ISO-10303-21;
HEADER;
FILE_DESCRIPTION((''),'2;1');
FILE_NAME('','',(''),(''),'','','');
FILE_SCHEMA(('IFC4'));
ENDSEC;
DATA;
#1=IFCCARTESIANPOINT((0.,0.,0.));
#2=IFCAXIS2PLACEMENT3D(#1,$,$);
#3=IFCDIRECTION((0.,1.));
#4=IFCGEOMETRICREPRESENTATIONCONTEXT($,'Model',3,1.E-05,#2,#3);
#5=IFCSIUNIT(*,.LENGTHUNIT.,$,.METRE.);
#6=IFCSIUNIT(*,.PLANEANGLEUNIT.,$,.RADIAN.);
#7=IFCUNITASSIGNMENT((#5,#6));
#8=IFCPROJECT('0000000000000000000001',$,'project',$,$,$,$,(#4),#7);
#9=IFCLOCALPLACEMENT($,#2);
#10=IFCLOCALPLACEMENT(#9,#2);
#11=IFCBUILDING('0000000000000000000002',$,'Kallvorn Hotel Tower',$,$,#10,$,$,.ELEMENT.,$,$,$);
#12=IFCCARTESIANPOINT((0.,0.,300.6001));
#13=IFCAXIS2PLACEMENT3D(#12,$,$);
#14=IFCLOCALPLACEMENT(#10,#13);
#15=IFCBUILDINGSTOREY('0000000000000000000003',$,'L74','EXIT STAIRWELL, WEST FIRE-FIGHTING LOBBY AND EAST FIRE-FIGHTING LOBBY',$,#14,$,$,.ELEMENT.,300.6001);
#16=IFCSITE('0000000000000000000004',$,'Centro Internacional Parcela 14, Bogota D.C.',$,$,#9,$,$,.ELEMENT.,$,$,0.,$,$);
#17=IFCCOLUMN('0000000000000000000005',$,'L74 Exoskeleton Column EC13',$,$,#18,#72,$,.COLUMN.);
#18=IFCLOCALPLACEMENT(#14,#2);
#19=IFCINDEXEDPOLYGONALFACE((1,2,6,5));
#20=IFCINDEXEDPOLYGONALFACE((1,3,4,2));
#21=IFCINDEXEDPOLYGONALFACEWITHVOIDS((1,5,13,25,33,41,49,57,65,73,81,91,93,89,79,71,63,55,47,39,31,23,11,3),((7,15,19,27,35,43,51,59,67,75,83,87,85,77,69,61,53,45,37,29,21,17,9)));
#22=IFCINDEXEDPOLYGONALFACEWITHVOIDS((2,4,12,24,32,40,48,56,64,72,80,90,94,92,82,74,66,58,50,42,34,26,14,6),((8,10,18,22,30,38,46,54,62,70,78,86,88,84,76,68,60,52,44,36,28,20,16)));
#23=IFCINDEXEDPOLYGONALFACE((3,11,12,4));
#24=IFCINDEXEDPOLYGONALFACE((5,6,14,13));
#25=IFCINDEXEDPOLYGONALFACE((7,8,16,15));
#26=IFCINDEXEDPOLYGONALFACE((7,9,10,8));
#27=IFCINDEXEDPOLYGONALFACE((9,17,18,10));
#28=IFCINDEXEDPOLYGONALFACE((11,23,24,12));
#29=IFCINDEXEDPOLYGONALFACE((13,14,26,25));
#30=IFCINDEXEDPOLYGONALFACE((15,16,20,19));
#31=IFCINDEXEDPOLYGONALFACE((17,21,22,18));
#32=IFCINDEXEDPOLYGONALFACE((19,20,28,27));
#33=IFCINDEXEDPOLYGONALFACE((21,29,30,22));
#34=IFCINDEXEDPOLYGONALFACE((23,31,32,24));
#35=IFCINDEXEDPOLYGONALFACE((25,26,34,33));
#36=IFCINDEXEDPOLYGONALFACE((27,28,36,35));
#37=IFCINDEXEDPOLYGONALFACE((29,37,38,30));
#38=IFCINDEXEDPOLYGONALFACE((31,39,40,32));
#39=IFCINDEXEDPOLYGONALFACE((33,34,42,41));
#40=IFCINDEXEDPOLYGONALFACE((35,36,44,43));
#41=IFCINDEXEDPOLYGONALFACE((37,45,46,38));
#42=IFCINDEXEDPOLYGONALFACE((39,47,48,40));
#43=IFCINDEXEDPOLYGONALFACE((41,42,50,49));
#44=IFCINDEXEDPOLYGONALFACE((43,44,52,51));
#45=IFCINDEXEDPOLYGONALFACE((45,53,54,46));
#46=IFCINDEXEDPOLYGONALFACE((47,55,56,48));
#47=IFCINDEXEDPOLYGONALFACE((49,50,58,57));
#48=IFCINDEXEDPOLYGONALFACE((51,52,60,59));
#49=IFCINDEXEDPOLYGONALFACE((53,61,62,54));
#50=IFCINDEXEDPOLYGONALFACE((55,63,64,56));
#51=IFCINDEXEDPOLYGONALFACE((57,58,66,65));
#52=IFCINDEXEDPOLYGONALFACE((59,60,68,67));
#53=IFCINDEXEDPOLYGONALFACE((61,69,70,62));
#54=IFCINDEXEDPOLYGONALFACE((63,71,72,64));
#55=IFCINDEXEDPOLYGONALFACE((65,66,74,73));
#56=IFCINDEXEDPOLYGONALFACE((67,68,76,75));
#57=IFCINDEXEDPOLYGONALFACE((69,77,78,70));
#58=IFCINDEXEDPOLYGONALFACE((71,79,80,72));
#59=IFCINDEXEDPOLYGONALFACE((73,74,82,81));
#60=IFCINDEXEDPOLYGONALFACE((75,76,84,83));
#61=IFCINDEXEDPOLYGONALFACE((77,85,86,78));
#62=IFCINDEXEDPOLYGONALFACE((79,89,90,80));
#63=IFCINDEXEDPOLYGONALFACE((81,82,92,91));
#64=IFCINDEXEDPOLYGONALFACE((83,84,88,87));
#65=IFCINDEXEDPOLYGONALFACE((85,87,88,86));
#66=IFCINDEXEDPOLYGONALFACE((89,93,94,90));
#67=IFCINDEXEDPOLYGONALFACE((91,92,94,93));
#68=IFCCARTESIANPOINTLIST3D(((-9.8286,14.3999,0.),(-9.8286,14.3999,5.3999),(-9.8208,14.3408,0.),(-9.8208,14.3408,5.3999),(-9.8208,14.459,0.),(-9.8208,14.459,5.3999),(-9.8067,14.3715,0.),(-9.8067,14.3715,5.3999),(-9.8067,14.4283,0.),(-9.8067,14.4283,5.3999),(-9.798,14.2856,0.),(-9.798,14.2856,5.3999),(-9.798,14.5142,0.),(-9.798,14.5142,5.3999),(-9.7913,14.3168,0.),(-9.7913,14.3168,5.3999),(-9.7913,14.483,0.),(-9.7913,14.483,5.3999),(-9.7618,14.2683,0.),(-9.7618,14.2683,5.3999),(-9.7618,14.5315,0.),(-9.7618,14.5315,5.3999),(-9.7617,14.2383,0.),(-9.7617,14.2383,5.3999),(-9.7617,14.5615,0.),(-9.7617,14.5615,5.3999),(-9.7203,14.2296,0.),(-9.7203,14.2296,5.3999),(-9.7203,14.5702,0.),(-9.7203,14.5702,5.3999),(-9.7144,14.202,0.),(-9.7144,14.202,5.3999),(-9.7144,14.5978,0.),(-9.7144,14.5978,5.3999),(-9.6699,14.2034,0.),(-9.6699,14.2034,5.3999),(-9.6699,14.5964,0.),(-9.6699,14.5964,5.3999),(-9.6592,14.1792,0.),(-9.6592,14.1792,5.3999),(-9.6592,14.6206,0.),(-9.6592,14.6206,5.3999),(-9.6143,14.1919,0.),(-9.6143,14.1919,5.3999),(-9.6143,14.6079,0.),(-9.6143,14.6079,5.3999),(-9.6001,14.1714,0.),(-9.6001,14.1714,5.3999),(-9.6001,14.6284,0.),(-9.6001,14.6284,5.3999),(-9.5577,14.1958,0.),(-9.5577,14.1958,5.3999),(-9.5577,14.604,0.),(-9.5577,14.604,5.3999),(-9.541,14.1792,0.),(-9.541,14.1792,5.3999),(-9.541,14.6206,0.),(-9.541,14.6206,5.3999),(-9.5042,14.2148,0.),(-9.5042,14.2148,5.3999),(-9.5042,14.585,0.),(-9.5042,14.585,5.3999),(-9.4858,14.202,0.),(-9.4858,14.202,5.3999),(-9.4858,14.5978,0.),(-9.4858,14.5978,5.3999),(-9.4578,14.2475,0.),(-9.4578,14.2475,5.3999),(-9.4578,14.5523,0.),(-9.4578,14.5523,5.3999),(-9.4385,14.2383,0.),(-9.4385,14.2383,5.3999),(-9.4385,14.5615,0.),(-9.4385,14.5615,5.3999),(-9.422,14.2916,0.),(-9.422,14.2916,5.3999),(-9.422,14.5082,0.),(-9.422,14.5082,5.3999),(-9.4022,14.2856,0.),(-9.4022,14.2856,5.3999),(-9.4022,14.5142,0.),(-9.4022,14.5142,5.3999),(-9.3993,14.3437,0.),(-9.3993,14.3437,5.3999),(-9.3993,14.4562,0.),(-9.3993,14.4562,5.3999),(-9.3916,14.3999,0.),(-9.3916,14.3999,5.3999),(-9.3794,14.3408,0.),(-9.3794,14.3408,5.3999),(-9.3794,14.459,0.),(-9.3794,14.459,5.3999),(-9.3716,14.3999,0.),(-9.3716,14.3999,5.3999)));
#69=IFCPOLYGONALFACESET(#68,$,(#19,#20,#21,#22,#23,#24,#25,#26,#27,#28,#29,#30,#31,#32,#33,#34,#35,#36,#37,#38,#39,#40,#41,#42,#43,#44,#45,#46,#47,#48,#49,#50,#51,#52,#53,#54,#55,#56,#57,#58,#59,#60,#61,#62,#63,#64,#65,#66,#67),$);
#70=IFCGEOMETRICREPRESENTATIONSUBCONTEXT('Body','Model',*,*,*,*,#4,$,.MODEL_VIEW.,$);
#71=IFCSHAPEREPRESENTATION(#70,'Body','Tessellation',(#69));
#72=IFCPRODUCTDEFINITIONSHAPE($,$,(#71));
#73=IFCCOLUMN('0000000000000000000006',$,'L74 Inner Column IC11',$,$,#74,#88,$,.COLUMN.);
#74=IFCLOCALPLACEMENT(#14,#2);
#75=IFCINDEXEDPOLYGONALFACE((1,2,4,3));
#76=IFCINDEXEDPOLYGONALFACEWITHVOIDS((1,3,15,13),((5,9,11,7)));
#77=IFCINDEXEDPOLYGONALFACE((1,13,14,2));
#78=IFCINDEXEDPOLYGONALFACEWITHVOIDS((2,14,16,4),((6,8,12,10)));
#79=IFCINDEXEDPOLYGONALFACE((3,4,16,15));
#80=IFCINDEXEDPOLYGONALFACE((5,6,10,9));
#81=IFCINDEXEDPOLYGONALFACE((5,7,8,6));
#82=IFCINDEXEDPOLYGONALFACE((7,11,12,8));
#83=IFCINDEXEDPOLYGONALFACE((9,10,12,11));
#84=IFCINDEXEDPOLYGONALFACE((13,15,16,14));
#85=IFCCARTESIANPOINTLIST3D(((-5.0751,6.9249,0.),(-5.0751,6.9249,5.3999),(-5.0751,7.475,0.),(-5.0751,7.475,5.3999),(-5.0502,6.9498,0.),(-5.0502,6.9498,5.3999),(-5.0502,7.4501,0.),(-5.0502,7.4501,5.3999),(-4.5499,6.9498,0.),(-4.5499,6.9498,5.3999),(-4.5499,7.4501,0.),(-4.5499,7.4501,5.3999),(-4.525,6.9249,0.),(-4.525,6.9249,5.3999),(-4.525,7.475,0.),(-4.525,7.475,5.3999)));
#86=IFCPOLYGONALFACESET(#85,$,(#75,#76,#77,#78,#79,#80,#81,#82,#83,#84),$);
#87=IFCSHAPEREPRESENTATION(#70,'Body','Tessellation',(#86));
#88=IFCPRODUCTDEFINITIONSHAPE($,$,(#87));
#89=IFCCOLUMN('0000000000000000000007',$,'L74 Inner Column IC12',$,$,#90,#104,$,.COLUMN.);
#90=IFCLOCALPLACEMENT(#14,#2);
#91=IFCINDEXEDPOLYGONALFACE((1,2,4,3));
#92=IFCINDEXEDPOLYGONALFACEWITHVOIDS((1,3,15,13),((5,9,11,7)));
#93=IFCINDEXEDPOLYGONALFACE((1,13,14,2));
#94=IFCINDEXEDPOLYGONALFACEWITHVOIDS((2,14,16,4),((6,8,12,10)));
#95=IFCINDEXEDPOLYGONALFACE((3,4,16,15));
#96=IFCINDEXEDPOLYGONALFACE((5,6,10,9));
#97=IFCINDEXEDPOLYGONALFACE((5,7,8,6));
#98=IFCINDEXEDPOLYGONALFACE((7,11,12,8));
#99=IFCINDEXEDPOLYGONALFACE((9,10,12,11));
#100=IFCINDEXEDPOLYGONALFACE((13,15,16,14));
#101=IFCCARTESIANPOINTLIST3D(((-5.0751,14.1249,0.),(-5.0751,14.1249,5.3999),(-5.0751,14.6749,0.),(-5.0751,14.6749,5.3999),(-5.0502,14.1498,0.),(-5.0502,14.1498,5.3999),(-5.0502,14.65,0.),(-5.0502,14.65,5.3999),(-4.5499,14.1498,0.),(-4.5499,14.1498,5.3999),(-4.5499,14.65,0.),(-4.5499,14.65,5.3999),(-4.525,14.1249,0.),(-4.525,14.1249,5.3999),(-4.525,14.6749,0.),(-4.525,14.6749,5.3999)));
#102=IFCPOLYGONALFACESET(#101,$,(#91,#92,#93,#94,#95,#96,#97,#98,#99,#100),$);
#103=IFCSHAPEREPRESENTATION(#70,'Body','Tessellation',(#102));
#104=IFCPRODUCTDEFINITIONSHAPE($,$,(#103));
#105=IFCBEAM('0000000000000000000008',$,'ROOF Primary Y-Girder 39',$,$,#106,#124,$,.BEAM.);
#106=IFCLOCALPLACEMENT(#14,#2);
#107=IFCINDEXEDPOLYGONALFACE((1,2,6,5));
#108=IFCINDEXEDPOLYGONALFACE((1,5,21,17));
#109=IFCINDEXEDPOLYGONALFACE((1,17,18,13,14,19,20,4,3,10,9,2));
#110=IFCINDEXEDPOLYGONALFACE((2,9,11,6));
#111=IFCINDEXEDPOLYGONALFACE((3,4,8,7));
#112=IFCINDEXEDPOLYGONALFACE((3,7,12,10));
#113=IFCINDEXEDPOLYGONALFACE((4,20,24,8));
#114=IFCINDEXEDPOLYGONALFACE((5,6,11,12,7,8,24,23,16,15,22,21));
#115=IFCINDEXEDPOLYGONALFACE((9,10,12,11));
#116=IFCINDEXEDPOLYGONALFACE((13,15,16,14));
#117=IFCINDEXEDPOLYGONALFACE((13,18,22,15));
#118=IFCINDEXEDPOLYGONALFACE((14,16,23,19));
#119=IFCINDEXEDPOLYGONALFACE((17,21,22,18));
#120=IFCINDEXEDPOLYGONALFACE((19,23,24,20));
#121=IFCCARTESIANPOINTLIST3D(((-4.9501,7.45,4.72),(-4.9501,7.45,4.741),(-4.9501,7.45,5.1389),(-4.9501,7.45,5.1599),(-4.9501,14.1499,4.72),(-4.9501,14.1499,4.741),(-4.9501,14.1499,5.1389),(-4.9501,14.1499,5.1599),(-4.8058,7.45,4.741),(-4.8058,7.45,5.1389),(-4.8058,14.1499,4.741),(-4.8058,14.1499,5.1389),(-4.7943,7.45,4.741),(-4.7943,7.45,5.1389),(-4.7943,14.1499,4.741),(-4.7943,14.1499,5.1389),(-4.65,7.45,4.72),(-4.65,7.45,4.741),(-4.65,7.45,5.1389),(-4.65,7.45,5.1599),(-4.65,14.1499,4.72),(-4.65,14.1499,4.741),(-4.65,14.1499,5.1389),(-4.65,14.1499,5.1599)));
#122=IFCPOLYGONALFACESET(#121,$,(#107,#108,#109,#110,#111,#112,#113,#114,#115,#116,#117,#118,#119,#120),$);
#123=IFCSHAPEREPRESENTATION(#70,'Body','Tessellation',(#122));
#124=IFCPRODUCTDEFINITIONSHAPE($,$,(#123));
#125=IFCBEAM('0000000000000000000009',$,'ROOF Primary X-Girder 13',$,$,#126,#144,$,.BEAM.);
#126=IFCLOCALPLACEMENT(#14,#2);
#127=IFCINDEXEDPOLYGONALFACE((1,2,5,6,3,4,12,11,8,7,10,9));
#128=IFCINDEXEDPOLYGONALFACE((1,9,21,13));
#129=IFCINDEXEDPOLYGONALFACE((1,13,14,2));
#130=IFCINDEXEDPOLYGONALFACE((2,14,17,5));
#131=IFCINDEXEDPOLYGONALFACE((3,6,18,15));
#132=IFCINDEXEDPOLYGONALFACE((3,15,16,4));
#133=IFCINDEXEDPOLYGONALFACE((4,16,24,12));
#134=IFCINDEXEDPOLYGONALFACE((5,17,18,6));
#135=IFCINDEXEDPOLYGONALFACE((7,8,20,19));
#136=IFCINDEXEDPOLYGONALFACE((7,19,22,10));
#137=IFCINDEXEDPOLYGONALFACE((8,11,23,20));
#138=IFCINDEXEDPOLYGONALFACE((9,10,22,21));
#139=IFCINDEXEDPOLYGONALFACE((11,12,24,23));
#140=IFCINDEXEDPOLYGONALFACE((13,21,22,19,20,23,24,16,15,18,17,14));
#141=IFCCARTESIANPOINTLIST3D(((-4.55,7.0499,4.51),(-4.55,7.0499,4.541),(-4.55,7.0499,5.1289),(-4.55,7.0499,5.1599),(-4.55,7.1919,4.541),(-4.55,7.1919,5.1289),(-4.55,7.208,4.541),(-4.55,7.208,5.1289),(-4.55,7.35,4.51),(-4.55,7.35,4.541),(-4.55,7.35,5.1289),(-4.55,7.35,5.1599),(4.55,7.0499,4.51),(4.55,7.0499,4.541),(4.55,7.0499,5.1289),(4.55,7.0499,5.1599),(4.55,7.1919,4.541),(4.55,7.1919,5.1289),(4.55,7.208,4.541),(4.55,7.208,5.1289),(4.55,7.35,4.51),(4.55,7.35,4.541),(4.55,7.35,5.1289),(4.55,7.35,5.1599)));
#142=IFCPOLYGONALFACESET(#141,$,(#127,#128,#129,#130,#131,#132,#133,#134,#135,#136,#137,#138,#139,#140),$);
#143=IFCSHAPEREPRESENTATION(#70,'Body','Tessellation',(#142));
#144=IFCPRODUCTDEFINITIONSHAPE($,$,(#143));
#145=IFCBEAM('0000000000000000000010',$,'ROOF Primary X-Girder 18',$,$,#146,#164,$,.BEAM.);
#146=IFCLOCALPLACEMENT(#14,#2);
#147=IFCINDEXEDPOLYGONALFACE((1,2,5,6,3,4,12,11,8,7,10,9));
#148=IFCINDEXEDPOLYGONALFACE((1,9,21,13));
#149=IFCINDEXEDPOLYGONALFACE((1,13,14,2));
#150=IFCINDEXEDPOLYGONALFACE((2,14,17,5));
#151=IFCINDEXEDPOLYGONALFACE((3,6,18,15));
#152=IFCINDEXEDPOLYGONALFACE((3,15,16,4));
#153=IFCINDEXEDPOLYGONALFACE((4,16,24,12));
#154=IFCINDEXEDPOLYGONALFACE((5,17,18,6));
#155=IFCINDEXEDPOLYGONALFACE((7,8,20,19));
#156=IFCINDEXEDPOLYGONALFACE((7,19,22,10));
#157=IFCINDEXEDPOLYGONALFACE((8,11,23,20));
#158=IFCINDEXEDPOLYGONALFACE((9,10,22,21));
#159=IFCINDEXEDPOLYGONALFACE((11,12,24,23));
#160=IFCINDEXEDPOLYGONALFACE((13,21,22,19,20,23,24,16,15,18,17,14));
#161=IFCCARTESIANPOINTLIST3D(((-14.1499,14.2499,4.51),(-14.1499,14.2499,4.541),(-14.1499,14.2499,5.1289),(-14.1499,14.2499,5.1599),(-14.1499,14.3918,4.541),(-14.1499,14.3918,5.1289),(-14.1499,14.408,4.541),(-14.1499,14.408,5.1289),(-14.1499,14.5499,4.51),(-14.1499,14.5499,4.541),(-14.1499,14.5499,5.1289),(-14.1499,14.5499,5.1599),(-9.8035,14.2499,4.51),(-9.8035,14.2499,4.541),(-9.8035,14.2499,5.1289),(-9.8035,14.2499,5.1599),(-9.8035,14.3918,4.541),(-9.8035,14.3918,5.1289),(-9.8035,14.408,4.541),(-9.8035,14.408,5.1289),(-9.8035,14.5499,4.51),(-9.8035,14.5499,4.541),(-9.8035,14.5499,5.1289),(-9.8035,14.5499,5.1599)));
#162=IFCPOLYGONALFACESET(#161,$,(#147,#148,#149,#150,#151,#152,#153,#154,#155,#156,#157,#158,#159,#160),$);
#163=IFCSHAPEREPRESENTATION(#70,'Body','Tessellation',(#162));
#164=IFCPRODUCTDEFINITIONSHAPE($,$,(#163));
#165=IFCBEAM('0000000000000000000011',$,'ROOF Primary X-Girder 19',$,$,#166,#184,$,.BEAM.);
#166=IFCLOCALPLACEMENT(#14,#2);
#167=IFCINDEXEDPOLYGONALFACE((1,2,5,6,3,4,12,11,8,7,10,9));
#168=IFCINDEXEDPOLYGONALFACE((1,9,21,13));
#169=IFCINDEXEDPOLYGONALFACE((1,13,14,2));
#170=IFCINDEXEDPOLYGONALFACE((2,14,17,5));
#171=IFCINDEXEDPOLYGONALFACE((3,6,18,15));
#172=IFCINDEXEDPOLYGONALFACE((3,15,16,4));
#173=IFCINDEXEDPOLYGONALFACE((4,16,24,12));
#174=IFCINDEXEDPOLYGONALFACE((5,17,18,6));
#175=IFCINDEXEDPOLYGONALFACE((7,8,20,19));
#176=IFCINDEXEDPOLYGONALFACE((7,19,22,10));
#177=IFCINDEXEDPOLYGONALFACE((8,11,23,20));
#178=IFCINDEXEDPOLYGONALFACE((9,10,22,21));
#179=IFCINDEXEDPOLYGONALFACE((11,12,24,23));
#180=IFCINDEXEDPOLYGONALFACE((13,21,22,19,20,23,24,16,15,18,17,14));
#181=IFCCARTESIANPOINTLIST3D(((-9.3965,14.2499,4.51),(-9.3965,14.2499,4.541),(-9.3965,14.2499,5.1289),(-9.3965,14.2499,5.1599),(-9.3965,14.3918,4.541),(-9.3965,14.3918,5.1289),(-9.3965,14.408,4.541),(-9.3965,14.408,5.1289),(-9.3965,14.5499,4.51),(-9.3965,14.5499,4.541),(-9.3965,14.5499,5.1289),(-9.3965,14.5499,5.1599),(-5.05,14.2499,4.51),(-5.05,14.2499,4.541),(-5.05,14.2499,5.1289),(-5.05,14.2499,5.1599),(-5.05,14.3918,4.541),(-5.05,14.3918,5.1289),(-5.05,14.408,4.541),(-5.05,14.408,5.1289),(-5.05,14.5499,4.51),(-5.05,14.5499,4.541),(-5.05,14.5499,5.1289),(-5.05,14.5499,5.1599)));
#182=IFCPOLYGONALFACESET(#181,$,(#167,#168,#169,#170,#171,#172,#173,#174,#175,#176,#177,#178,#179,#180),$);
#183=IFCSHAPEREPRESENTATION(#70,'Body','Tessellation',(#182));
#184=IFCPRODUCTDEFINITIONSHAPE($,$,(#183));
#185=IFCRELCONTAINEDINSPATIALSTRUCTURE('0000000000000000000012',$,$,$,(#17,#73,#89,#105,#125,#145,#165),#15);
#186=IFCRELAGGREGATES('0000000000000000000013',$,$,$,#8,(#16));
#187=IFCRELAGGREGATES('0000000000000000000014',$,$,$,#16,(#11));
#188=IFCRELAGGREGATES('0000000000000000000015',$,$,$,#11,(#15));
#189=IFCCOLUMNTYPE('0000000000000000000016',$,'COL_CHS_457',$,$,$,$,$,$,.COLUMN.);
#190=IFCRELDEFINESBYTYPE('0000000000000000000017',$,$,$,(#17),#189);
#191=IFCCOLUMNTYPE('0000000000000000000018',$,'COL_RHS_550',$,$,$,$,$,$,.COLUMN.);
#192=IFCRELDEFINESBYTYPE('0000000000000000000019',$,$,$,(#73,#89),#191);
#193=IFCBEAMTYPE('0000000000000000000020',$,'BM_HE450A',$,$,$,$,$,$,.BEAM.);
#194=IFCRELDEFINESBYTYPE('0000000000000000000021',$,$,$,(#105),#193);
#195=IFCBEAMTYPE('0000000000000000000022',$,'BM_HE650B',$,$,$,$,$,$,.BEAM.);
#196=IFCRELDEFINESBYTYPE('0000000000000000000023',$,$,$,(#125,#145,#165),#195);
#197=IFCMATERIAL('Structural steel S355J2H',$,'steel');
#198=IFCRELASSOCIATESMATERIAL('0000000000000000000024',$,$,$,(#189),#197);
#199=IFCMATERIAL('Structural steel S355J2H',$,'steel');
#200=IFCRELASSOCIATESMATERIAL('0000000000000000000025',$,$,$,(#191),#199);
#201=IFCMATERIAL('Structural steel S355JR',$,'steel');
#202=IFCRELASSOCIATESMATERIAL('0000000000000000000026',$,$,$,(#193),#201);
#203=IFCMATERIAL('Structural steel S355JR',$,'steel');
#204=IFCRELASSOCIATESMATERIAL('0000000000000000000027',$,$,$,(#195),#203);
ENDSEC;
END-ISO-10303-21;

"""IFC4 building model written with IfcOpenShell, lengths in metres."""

from ifc_helpers import new_model, si_unit, direction, frame, origin, origin_2d, place, context, subcontext, project, spatial, hollow_rectangle, hollow_circle, i_section, extrude, material, material_profile, profile_set, type_object, element, save


model = new_model("IFC4")

# Units and contexts
model_context = context("Model", 3, precision=1e-05, world=origin(), true_north=direction((0.0, 1.0)))
body_context = subcontext(model_context, "Body", "Model", "MODEL_VIEW")
ifc_project = project(units=[si_unit("LENGTHUNIT", "METRE"), si_unit("PLANEANGLEUNIT", "RADIAN")], contexts=[model_context])

# Site, building, storey
site_placement = place(None, origin())
site = spatial("IfcSite", under=ifc_project, at=site_placement, Name="Centro Internacional Parcela 14, Bogota D.C.", CompositionType="ELEMENT", RefElevation=0.0)
building_placement = place(site_placement, origin())
building = spatial("IfcBuilding", under=site, at=building_placement, Name="Kallvorn Hotel Tower", CompositionType="ELEMENT")
storey_placement = place(building_placement, frame((0.0, 0.0, 300.6001)))
storey = spatial("IfcBuildingStorey", under=building, at=storey_placement, Name="L74", Description="EXIT STAIRWELL, WEST FIRE-FIGHTING LOBBY AND EAST FIRE-FIGHTING LOBBY", CompositionType="ELEMENT", Elevation=300.6001)

# Columns
ifc_material_1 = material(Name="Structural steel S355J2H", Category="steel")
ifc_material_profile_1 = material_profile(ifc_material_1, hollow_circle(Radius=0.2285, WallThickness=0.02, at=origin_2d()), Name="CHS 457x20")
ifc_profile_set_1 = profile_set([ifc_material_profile_1], Name="Structural steel S355J2H")
column_type_1 = type_object("IfcColumnType", Name="COL_CHS_457", PredefinedType="COLUMN", material=ifc_profile_set_1)
column_placement = place(storey_placement, frame((-9.6001, 14.3999, 0.0), z_axis=(0.0, 0.0, 1.0), x_axis=(1.0, 0.0, 0.0)))
element("IfcColumn", 1, at=column_placement, inside=storey, type_object=column_type_1, Name="L74 Exoskeleton Column EC13", PredefinedType="COLUMN", context=body_context, shape_type="SweptSolid", body=[
    extrude(hollow_circle(Radius=0.2285, WallThickness=0.02, at=origin_2d()), origin(), (0.0, 0.0, 1.0), 5.3999),
])
ifc_material_2 = material(Name="Structural steel S355J2H", Category="steel")
ifc_material_profile_2 = material_profile(ifc_material_2, hollow_rectangle(XDim=0.55, YDim=0.55, WallThickness=0.0249, at=origin_2d()), Name="RHS 550x550x25")
ifc_profile_set_2 = profile_set([ifc_material_profile_2], Name="Structural steel S355J2H")
column_type_2 = type_object("IfcColumnType", Name="COL_RHS_550", PredefinedType="COLUMN", material=ifc_profile_set_2)
for number, where, z_axis, x_axis, name in (
    (2, (-4.8, 7.2, 0.0), (0.0, 0.0, 1.0), (1.0, 0.0, 0.0), "L74 Inner Column IC11"),
    (3, (-4.8, 14.3999, 0.0), (0.0, 0.0, 1.0), (1.0, 0.0, 0.0), "L74 Inner Column IC12"),
):
    element("IfcColumn", number, at=place(storey_placement, frame(where, z_axis=z_axis, x_axis=x_axis)), inside=storey, type_object=column_type_2, Name=name, PredefinedType="COLUMN", context=body_context, shape_type="SweptSolid", body=[
        extrude(hollow_rectangle(XDim=0.55, YDim=0.55, WallThickness=0.0249, at=origin_2d()), origin(), (0.0, 0.0, 1.0), 5.3999),
    ])

# Beams
ifc_material_3 = material(Name="Structural steel S355JR", Category="steel")
ifc_material_profile_3 = material_profile(ifc_material_3, i_section(OverallWidth=0.3, OverallDepth=0.4399, WebThickness=0.0115, FlangeThickness=0.021, at=origin_2d()), Name="HE 450 A")
ifc_profile_set_3 = profile_set([ifc_material_profile_3], Name="Structural steel S355JR")
beam_type_1 = type_object("IfcBeamType", Name="BM_HE450A", PredefinedType="BEAM", material=ifc_profile_set_3)
beam_1_placement = place(storey_placement, frame((-4.8, 7.45, 4.9399), z_axis=(0.0, 1.0, 0.0), x_axis=(-1.0, 0.0, 0.0)))
element("IfcBeam", 4, at=beam_1_placement, inside=storey, type_object=beam_type_1, Name="ROOF Primary Y-Girder 39", PredefinedType="BEAM", context=body_context, shape_type="SweptSolid", body=[
    extrude(i_section(OverallWidth=0.3, OverallDepth=0.4399, WebThickness=0.0115, FlangeThickness=0.021, at=origin_2d()), origin(), (0.0, 0.0, 1.0), 6.7),
])
ifc_material_4 = material(Name="Structural steel S355JR", Category="steel")
ifc_material_profile_4 = material_profile(ifc_material_4, i_section(OverallWidth=0.3, OverallDepth=0.6499, WebThickness=0.0161, FlangeThickness=0.031, at=origin_2d()), Name="HE 650 B")
ifc_profile_set_4 = profile_set([ifc_material_profile_4], Name="Structural steel S355JR")
beam_type_2 = type_object("IfcBeamType", Name="BM_HE650B", PredefinedType="BEAM", material=ifc_profile_set_4)
beam_2_placement = place(storey_placement, frame((-4.55, 7.2, 4.835), z_axis=(1.0, 0.0, 0.0), x_axis=(0.0, 1.0, 0.0)))
element("IfcBeam", 5, at=beam_2_placement, inside=storey, type_object=beam_type_2, Name="ROOF Primary X-Girder 13", PredefinedType="BEAM", context=body_context, shape_type="SweptSolid", body=[
    extrude(i_section(OverallWidth=0.3, OverallDepth=0.6499, WebThickness=0.0161, FlangeThickness=0.031, at=origin_2d()), origin(), (0.0, 0.0, 1.0), 9.1001),
])
for number, where, z_axis, x_axis, name in (
    (6, (-14.1499, 14.3999, 4.835), (1.0, 0.0, 0.0), (0.0, 1.0, 0.0), "ROOF Primary X-Girder 18"),
    (7, (-9.3965, 14.3999, 4.835), (1.0, 0.0, 0.0), (0.0, 1.0, 0.0), "ROOF Primary X-Girder 19"),
):
    element("IfcBeam", number, at=place(storey_placement, frame(where, z_axis=z_axis, x_axis=x_axis)), inside=storey, type_object=beam_type_2, Name=name, PredefinedType="BEAM", context=body_context, shape_type="SweptSolid", body=[
        extrude(i_section(OverallWidth=0.3, OverallDepth=0.6499, WebThickness=0.0161, FlangeThickness=0.031, at=origin_2d()), origin(), (0.0, 0.0, 1.0), 4.3464),
    ])

save(model, "model.ifc")
